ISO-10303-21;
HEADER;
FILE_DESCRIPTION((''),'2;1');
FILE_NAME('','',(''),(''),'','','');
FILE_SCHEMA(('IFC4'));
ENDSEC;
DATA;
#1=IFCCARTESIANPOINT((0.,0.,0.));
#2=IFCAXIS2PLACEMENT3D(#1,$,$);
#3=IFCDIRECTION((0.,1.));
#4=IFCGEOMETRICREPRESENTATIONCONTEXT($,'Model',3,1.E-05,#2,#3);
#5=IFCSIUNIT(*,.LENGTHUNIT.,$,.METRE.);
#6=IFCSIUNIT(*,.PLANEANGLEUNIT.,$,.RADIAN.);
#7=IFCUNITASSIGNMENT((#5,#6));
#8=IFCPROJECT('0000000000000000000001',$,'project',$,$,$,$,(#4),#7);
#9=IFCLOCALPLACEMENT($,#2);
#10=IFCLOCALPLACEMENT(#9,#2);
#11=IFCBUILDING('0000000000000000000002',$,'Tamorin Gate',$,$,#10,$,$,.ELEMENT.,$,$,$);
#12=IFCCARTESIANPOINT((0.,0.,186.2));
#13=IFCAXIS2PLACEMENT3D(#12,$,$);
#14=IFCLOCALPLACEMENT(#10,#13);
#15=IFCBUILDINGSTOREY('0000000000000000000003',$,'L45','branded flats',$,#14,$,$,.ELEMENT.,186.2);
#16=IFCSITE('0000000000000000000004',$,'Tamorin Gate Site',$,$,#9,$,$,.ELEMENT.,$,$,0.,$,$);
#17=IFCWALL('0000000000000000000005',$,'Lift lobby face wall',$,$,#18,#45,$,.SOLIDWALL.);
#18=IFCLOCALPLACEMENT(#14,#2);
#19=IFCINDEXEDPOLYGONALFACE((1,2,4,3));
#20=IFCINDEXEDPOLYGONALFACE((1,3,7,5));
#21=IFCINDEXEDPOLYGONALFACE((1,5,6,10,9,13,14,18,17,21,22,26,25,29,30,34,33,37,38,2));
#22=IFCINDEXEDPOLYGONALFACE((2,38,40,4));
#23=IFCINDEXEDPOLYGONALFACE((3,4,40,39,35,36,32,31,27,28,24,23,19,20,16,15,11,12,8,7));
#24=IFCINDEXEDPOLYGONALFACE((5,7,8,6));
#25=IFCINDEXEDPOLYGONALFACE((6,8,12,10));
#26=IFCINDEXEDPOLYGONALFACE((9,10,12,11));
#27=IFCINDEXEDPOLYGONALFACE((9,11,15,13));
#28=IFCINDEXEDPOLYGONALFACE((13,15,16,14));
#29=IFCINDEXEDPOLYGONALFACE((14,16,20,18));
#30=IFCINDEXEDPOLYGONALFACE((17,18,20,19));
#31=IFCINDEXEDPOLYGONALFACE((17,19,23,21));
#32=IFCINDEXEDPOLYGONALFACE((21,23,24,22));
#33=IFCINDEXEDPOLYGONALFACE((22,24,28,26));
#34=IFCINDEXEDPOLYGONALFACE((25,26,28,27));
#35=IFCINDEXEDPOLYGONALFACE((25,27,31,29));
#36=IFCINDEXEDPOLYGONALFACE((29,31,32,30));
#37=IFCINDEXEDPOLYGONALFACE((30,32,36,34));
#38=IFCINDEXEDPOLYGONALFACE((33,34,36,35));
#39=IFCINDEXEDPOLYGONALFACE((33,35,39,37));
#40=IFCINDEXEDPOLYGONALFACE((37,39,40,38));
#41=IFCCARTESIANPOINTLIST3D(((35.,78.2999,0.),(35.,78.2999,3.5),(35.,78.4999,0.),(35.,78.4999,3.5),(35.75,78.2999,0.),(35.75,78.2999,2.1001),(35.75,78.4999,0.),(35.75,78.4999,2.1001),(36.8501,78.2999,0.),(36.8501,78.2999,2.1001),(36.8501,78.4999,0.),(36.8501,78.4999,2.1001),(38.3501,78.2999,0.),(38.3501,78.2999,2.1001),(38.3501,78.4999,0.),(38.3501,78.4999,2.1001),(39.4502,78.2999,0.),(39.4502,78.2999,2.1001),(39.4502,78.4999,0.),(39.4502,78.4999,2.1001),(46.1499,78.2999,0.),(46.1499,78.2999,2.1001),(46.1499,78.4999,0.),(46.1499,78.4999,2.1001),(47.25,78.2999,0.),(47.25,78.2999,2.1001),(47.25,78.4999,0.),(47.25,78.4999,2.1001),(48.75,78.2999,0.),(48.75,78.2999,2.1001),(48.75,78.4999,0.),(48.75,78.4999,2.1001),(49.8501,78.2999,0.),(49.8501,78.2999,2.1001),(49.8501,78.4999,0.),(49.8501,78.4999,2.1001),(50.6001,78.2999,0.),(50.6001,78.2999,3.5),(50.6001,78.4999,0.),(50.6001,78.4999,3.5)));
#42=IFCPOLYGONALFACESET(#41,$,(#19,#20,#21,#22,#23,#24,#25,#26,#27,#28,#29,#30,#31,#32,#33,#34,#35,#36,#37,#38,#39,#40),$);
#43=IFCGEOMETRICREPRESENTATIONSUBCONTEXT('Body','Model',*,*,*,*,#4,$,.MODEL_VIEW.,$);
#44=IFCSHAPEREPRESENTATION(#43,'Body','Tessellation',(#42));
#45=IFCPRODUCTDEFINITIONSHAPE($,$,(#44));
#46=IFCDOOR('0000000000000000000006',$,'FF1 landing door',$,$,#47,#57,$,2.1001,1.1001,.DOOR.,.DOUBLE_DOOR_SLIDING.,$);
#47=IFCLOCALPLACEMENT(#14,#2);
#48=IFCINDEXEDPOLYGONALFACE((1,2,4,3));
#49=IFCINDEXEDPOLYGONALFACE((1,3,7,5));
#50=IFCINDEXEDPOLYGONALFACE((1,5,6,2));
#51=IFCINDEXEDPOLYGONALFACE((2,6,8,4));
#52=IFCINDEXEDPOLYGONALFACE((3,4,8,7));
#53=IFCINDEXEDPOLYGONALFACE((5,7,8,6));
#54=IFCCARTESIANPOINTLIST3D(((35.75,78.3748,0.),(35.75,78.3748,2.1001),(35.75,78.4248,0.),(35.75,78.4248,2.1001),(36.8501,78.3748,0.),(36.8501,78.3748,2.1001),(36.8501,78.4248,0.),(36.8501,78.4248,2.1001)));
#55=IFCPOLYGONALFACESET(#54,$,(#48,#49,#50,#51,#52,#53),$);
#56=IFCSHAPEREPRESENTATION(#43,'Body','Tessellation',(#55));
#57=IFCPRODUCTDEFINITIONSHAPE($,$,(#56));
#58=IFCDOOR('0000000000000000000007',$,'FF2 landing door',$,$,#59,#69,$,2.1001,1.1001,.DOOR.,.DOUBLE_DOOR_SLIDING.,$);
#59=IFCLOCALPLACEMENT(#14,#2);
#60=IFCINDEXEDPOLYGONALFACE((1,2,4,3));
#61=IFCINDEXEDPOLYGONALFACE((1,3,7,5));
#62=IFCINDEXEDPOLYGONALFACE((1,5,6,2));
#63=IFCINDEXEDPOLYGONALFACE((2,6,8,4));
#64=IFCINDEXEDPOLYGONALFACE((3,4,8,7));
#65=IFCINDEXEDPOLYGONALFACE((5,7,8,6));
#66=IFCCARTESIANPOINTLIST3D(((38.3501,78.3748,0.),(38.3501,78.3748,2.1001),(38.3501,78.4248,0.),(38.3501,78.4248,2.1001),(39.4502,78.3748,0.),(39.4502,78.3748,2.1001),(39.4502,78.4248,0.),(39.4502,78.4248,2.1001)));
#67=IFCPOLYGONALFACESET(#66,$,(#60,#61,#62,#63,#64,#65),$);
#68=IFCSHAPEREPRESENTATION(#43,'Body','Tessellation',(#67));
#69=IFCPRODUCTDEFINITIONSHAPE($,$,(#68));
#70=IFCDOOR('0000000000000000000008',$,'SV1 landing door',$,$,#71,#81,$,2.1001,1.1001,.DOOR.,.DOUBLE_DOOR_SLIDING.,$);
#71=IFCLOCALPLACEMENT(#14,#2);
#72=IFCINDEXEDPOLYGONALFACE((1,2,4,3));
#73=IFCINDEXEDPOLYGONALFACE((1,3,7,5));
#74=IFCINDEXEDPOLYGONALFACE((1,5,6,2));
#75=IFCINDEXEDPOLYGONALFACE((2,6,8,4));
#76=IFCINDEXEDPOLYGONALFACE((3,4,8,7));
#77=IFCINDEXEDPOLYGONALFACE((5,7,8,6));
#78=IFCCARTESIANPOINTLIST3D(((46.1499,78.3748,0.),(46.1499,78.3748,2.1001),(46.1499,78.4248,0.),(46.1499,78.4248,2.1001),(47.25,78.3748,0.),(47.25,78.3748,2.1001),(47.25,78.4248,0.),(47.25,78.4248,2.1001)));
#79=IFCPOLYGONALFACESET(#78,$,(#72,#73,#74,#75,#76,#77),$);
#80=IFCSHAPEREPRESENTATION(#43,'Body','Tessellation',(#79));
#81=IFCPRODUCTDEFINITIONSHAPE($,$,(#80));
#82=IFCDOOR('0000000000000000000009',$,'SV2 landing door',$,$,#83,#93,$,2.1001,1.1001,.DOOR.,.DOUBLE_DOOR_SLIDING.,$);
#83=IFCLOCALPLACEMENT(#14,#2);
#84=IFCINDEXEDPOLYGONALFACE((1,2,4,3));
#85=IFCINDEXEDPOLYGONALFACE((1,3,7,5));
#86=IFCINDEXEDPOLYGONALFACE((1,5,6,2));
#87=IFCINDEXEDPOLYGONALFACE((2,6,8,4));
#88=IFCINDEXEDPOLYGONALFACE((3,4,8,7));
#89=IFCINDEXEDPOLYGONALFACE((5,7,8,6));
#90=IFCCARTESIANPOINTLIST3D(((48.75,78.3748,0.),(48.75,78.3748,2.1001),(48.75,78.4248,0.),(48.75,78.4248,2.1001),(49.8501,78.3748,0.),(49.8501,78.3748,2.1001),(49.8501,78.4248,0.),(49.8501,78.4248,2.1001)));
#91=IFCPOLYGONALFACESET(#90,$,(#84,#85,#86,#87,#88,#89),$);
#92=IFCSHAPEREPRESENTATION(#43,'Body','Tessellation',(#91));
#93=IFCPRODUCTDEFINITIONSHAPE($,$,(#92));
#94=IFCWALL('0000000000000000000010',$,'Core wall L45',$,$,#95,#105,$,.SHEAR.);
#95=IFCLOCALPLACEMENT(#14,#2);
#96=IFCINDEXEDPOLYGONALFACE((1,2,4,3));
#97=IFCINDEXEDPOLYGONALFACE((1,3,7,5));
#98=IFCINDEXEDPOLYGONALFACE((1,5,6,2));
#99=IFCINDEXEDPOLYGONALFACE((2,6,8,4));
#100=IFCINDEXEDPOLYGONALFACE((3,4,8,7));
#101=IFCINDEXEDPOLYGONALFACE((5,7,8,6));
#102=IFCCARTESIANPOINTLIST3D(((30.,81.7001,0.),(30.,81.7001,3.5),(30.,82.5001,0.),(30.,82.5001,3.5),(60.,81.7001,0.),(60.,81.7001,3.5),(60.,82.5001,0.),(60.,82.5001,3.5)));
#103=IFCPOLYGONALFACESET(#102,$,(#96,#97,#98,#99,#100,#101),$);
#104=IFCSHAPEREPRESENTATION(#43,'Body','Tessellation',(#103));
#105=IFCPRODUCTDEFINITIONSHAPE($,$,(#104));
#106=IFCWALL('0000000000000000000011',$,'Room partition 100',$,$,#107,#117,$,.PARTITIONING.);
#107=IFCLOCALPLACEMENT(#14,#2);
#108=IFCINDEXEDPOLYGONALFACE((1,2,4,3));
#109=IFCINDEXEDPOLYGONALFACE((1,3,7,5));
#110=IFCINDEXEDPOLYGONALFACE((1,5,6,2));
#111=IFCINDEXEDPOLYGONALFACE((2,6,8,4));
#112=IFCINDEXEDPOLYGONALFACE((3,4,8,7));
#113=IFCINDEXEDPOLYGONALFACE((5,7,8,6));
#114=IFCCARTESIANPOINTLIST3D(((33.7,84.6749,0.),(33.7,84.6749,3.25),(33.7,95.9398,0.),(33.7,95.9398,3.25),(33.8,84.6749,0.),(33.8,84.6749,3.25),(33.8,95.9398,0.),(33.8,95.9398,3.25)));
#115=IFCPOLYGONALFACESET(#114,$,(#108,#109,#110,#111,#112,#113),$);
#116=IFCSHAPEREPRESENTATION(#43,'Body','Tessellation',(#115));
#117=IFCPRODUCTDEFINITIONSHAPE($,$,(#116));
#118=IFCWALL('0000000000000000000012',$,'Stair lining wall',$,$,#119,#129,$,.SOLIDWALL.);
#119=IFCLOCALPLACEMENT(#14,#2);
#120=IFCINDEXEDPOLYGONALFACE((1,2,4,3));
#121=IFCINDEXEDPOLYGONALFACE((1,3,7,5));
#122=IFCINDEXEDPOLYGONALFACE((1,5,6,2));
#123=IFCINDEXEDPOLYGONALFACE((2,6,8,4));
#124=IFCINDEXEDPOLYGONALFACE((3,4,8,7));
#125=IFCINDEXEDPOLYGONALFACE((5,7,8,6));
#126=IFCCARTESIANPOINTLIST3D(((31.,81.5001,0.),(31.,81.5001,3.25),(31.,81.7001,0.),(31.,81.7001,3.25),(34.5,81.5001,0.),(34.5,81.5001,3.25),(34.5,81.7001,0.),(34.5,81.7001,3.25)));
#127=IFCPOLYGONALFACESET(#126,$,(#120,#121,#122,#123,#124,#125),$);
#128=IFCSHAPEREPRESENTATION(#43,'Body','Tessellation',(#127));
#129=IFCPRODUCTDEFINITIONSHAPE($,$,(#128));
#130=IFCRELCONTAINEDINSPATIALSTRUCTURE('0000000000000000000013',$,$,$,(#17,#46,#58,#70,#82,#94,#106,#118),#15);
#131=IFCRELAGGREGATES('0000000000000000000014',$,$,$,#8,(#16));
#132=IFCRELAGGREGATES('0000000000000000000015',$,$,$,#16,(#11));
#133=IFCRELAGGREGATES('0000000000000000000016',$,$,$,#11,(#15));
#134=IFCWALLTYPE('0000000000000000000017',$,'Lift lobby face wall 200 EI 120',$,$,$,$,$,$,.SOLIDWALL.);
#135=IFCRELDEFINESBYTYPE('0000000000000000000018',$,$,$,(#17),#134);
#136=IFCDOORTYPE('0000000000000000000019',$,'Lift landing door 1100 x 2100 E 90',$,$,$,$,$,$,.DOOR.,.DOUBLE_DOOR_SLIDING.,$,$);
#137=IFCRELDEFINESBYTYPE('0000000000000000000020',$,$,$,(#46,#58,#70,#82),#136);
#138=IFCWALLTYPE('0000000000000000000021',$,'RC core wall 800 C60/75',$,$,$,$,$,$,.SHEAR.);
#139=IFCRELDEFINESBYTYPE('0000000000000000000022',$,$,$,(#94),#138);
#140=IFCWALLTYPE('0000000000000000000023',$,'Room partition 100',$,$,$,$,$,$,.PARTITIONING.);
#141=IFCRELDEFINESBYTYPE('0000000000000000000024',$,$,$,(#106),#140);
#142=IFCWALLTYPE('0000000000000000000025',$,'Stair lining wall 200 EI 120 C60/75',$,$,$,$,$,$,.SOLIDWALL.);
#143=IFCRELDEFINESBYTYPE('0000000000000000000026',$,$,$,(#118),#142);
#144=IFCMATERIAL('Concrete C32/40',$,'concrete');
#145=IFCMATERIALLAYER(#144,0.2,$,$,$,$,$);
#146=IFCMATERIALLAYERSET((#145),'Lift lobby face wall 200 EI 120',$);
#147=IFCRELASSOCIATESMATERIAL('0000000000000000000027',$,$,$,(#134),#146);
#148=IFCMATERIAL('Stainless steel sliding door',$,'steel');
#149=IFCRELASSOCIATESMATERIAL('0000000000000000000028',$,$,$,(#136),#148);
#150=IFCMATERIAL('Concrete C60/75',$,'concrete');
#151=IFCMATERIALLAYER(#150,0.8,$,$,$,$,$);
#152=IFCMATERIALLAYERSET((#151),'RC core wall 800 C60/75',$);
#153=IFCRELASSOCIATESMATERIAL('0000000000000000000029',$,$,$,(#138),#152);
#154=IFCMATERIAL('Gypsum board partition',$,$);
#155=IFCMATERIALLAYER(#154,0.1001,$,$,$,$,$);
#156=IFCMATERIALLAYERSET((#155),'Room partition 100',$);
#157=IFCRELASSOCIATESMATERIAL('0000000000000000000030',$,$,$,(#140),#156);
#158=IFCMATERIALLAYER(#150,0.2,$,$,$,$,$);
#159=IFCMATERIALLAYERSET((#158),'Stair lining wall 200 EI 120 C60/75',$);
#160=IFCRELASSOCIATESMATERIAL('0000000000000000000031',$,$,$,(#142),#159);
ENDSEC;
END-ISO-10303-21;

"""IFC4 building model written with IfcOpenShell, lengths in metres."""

from ifc_helpers import new_model, si_unit, direction, frame, frame_2d, origin, place, context, subcontext, project, spatial, rectangle, extrude, material, layer, layer_set, type_object, element, fill, save


model = new_model("IFC4")

# Units and contexts
model_context = context("Model", 3, precision=1e-05, world=origin(), true_north=direction((0.0, 1.0)))
body_context = subcontext(model_context, "Body", "Model", "MODEL_VIEW")
ifc_project = project(units=[si_unit("LENGTHUNIT", "METRE"), si_unit("PLANEANGLEUNIT", "RADIAN")], contexts=[model_context])

# Site, building, storey
site_placement = place(None, origin())
site = spatial("IfcSite", under=ifc_project, at=site_placement, Name="Tamorin Gate Site", CompositionType="ELEMENT", RefElevation=0.0)
building_placement = place(site_placement, origin())
building = spatial("IfcBuilding", under=site, at=building_placement, Name="Tamorin Gate", CompositionType="ELEMENT")
storey_placement = place(building_placement, frame((0.0, 0.0, 186.2)))
storey = spatial("IfcBuildingStorey", under=building, at=storey_placement, Name="L45", Description="branded flats", CompositionType="ELEMENT", Elevation=186.2)

# Shared definitions
ifc_material_1 = material(Name="Gypsum board partition")

# Wall, openings, doors
ifc_material_2 = material(Name="Concrete C32/40", Category="concrete")
ifc_layer_1 = layer(ifc_material_2, 0.2)
ifc_layer_set_1 = layer_set([ifc_layer_1], Name="Lift lobby face wall 200 EI 120")
wall_type_1 = type_object("IfcWallType", Name="Lift lobby face wall 200 EI 120", PredefinedType="SOLIDWALL", material=ifc_layer_set_1)
wall_1_placement = place(storey_placement, frame((35.0, 78.3999, 0.0), z_axis=(0.0, 0.0, 1.0), x_axis=(1.0, 0.0, 0.0)))
wall_1 = element("IfcWall", 1, at=wall_1_placement, inside=storey, type_object=wall_type_1, Name="Lift lobby face wall", PredefinedType="SOLIDWALL", context=body_context, shape_type="SweptSolid", body=[
    extrude(rectangle(XDim=15.6001, YDim=0.2, at=frame_2d((7.8, 0.0))), origin(), (0.0, 0.0, 1.0), 3.5),
])
opening_1_placement = place(wall_1_placement, frame((0.75, 0.0, 0.0)))
opening_1 = element("IfcOpeningElement", 2, at=opening_1_placement, cuts=wall_1, PredefinedType="OPENING", context=body_context, shape_type="SweptSolid", body=[
    extrude(rectangle(XDim=1.1001, YDim=2.1001, at=frame_2d((0.55, 1.05))), frame((0.0, 0.1099, 0.0), z_axis=(0.0, -1.0, 0.0), x_axis=(1.0, 0.0, 0.0)), (0.0, 0.0, 1.0), 0.22),
])
opening_2_placement = place(wall_1_placement, frame((3.3501, 0.0, 0.0)))
opening_2 = element("IfcOpeningElement", 3, at=opening_2_placement, cuts=wall_1, PredefinedType="OPENING", context=body_context, shape_type="SweptSolid", body=[
    extrude(rectangle(XDim=1.1001, YDim=2.1001, at=frame_2d((0.55, 1.05))), frame((0.0, 0.1099, 0.0), z_axis=(0.0, -1.0, 0.0), x_axis=(1.0, 0.0, 0.0)), (0.0, 0.0, 1.0), 0.22),
])
opening_3_placement = place(wall_1_placement, frame((11.1499, 0.0, 0.0)))
opening_3 = element("IfcOpeningElement", 4, at=opening_3_placement, cuts=wall_1, PredefinedType="OPENING", context=body_context, shape_type="SweptSolid", body=[
    extrude(rectangle(XDim=1.1001, YDim=2.1001, at=frame_2d((0.55, 1.05))), frame((0.0, 0.1099, 0.0), z_axis=(0.0, -1.0, 0.0), x_axis=(1.0, 0.0, 0.0)), (0.0, 0.0, 1.0), 0.22),
])
opening_4_placement = place(wall_1_placement, frame((13.75, 0.0, 0.0)))
opening_4 = element("IfcOpeningElement", 5, at=opening_4_placement, cuts=wall_1, PredefinedType="OPENING", context=body_context, shape_type="SweptSolid", body=[
    extrude(rectangle(XDim=1.1001, YDim=2.1001, at=frame_2d((0.55, 1.05))), frame((0.0, 0.1099, 0.0), z_axis=(0.0, -1.0, 0.0), x_axis=(1.0, 0.0, 0.0)), (0.0, 0.0, 1.0), 0.22),
])
ifc_material_3 = material(Name="Stainless steel sliding door", Category="steel")
door_type_1 = type_object("IfcDoorType", Name="Lift landing door 1100 x 2100 E 90", OperationType="DOUBLE_DOOR_SLIDING", PredefinedType="DOOR", material=ifc_material_3)
door_1_placement = place(opening_1_placement, origin())
door_1 = element("IfcDoor", 6, at=door_1_placement, inside=storey, type_object=door_type_1, Name="FF1 landing door", OperationType="DOUBLE_DOOR_SLIDING", OverallHeight=2.1001, OverallWidth=1.1001, PredefinedType="DOOR", context=body_context, shape_type="SweptSolid", body=[
    extrude(rectangle(XDim=1.1001, YDim=2.1001, at=frame_2d((0.55, 1.05))), frame((0.0, 0.0249, 0.0), z_axis=(0.0, -1.0, 0.0), x_axis=(1.0, 0.0, 0.0)), (0.0, 0.0, 1.0), 0.05),
])
fill(opening_1, door_1)
door_2_placement = place(opening_2_placement, origin())
door_2 = element("IfcDoor", 7, at=door_2_placement, inside=storey, type_object=door_type_1, Name="FF2 landing door", OperationType="DOUBLE_DOOR_SLIDING", OverallHeight=2.1001, OverallWidth=1.1001, PredefinedType="DOOR", context=body_context, shape_type="SweptSolid", body=[
    extrude(rectangle(XDim=1.1001, YDim=2.1001, at=frame_2d((0.55, 1.05))), frame((0.0, 0.0249, 0.0), z_axis=(0.0, -1.0, 0.0), x_axis=(1.0, 0.0, 0.0)), (0.0, 0.0, 1.0), 0.05),
])
fill(opening_2, door_2)
door_3_placement = place(opening_3_placement, origin())
door_3 = element("IfcDoor", 8, at=door_3_placement, inside=storey, type_object=door_type_1, Name="SV1 landing door", OperationType="DOUBLE_DOOR_SLIDING", OverallHeight=2.1001, OverallWidth=1.1001, PredefinedType="DOOR", context=body_context, shape_type="SweptSolid", body=[
    extrude(rectangle(XDim=1.1001, YDim=2.1001, at=frame_2d((0.55, 1.05))), frame((0.0, 0.0249, 0.0), z_axis=(0.0, -1.0, 0.0), x_axis=(1.0, 0.0, 0.0)), (0.0, 0.0, 1.0), 0.05),
])
fill(opening_3, door_3)
door_4_placement = place(opening_4_placement, origin())
door_4 = element("IfcDoor", 9, at=door_4_placement, inside=storey, type_object=door_type_1, Name="SV2 landing door", OperationType="DOUBLE_DOOR_SLIDING", OverallHeight=2.1001, OverallWidth=1.1001, PredefinedType="DOOR", context=body_context, shape_type="SweptSolid", body=[
    extrude(rectangle(XDim=1.1001, YDim=2.1001, at=frame_2d((0.55, 1.05))), frame((0.0, 0.0249, 0.0), z_axis=(0.0, -1.0, 0.0), x_axis=(1.0, 0.0, 0.0)), (0.0, 0.0, 1.0), 0.05),
])
fill(opening_4, door_4)

# Walls
ifc_material_4 = material(Name="Concrete C60/75", Category="concrete")
ifc_layer_2 = layer(ifc_material_4, 0.8)
ifc_layer_set_2 = layer_set([ifc_layer_2], Name="RC core wall 800 C60/75")
wall_type_2 = type_object("IfcWallType", Name="RC core wall 800 C60/75", PredefinedType="SHEAR", material=ifc_layer_set_2)
wall_2_placement = place(storey_placement, frame((30.0, 82.1001, 0.0), z_axis=(0.0, 0.0, 1.0), x_axis=(1.0, 0.0, 0.0)))
element("IfcWall", 10, at=wall_2_placement, inside=storey, type_object=wall_type_2, Name="Core wall L45", PredefinedType="SHEAR", context=body_context, shape_type="SweptSolid", body=[
    extrude(rectangle(XDim=30.0, YDim=0.8, at=frame_2d((15.0, 0.0))), origin(), (0.0, 0.0, 1.0), 3.5),
])
ifc_layer_3 = layer(ifc_material_1, 0.1001)
ifc_layer_set_3 = layer_set([ifc_layer_3], Name="Room partition 100")
wall_type_3 = type_object("IfcWallType", Name="Room partition 100", PredefinedType="PARTITIONING", material=ifc_layer_set_3)
wall_3_placement = place(storey_placement, frame((33.75, 84.675, 0.0), z_axis=(0.0, 0.0, 1.0), x_axis=(0.0, 1.0, 0.0)))
element("IfcWall", 11, at=wall_3_placement, inside=storey, type_object=wall_type_3, Name="Room partition 100", PredefinedType="PARTITIONING", context=body_context, shape_type="SweptSolid", body=[
    extrude(rectangle(XDim=11.2649, YDim=0.1001, at=frame_2d((5.6323, 0.0))), origin(), (0.0, 0.0, 1.0), 3.25),
])
ifc_layer_4 = layer(ifc_material_4, 0.2)
ifc_layer_set_4 = layer_set([ifc_layer_4], Name="Stair lining wall 200 EI 120 C60/75")
wall_type_4 = type_object("IfcWallType", Name="Stair lining wall 200 EI 120 C60/75", PredefinedType="SOLIDWALL", material=ifc_layer_set_4)
wall_4_placement = place(storey_placement, frame((31.0, 81.6001, 0.0), z_axis=(0.0, 0.0, 1.0), x_axis=(1.0, 0.0, 0.0)))
element("IfcWall", 12, at=wall_4_placement, inside=storey, type_object=wall_type_4, Name="Stair lining wall", PredefinedType="SOLIDWALL", context=body_context, shape_type="SweptSolid", body=[
    extrude(rectangle(XDim=3.5, YDim=0.2, at=frame_2d((1.75, 0.0))), origin(), (0.0, 0.0, 1.0), 3.25),
])

save(model, "model.ifc")
